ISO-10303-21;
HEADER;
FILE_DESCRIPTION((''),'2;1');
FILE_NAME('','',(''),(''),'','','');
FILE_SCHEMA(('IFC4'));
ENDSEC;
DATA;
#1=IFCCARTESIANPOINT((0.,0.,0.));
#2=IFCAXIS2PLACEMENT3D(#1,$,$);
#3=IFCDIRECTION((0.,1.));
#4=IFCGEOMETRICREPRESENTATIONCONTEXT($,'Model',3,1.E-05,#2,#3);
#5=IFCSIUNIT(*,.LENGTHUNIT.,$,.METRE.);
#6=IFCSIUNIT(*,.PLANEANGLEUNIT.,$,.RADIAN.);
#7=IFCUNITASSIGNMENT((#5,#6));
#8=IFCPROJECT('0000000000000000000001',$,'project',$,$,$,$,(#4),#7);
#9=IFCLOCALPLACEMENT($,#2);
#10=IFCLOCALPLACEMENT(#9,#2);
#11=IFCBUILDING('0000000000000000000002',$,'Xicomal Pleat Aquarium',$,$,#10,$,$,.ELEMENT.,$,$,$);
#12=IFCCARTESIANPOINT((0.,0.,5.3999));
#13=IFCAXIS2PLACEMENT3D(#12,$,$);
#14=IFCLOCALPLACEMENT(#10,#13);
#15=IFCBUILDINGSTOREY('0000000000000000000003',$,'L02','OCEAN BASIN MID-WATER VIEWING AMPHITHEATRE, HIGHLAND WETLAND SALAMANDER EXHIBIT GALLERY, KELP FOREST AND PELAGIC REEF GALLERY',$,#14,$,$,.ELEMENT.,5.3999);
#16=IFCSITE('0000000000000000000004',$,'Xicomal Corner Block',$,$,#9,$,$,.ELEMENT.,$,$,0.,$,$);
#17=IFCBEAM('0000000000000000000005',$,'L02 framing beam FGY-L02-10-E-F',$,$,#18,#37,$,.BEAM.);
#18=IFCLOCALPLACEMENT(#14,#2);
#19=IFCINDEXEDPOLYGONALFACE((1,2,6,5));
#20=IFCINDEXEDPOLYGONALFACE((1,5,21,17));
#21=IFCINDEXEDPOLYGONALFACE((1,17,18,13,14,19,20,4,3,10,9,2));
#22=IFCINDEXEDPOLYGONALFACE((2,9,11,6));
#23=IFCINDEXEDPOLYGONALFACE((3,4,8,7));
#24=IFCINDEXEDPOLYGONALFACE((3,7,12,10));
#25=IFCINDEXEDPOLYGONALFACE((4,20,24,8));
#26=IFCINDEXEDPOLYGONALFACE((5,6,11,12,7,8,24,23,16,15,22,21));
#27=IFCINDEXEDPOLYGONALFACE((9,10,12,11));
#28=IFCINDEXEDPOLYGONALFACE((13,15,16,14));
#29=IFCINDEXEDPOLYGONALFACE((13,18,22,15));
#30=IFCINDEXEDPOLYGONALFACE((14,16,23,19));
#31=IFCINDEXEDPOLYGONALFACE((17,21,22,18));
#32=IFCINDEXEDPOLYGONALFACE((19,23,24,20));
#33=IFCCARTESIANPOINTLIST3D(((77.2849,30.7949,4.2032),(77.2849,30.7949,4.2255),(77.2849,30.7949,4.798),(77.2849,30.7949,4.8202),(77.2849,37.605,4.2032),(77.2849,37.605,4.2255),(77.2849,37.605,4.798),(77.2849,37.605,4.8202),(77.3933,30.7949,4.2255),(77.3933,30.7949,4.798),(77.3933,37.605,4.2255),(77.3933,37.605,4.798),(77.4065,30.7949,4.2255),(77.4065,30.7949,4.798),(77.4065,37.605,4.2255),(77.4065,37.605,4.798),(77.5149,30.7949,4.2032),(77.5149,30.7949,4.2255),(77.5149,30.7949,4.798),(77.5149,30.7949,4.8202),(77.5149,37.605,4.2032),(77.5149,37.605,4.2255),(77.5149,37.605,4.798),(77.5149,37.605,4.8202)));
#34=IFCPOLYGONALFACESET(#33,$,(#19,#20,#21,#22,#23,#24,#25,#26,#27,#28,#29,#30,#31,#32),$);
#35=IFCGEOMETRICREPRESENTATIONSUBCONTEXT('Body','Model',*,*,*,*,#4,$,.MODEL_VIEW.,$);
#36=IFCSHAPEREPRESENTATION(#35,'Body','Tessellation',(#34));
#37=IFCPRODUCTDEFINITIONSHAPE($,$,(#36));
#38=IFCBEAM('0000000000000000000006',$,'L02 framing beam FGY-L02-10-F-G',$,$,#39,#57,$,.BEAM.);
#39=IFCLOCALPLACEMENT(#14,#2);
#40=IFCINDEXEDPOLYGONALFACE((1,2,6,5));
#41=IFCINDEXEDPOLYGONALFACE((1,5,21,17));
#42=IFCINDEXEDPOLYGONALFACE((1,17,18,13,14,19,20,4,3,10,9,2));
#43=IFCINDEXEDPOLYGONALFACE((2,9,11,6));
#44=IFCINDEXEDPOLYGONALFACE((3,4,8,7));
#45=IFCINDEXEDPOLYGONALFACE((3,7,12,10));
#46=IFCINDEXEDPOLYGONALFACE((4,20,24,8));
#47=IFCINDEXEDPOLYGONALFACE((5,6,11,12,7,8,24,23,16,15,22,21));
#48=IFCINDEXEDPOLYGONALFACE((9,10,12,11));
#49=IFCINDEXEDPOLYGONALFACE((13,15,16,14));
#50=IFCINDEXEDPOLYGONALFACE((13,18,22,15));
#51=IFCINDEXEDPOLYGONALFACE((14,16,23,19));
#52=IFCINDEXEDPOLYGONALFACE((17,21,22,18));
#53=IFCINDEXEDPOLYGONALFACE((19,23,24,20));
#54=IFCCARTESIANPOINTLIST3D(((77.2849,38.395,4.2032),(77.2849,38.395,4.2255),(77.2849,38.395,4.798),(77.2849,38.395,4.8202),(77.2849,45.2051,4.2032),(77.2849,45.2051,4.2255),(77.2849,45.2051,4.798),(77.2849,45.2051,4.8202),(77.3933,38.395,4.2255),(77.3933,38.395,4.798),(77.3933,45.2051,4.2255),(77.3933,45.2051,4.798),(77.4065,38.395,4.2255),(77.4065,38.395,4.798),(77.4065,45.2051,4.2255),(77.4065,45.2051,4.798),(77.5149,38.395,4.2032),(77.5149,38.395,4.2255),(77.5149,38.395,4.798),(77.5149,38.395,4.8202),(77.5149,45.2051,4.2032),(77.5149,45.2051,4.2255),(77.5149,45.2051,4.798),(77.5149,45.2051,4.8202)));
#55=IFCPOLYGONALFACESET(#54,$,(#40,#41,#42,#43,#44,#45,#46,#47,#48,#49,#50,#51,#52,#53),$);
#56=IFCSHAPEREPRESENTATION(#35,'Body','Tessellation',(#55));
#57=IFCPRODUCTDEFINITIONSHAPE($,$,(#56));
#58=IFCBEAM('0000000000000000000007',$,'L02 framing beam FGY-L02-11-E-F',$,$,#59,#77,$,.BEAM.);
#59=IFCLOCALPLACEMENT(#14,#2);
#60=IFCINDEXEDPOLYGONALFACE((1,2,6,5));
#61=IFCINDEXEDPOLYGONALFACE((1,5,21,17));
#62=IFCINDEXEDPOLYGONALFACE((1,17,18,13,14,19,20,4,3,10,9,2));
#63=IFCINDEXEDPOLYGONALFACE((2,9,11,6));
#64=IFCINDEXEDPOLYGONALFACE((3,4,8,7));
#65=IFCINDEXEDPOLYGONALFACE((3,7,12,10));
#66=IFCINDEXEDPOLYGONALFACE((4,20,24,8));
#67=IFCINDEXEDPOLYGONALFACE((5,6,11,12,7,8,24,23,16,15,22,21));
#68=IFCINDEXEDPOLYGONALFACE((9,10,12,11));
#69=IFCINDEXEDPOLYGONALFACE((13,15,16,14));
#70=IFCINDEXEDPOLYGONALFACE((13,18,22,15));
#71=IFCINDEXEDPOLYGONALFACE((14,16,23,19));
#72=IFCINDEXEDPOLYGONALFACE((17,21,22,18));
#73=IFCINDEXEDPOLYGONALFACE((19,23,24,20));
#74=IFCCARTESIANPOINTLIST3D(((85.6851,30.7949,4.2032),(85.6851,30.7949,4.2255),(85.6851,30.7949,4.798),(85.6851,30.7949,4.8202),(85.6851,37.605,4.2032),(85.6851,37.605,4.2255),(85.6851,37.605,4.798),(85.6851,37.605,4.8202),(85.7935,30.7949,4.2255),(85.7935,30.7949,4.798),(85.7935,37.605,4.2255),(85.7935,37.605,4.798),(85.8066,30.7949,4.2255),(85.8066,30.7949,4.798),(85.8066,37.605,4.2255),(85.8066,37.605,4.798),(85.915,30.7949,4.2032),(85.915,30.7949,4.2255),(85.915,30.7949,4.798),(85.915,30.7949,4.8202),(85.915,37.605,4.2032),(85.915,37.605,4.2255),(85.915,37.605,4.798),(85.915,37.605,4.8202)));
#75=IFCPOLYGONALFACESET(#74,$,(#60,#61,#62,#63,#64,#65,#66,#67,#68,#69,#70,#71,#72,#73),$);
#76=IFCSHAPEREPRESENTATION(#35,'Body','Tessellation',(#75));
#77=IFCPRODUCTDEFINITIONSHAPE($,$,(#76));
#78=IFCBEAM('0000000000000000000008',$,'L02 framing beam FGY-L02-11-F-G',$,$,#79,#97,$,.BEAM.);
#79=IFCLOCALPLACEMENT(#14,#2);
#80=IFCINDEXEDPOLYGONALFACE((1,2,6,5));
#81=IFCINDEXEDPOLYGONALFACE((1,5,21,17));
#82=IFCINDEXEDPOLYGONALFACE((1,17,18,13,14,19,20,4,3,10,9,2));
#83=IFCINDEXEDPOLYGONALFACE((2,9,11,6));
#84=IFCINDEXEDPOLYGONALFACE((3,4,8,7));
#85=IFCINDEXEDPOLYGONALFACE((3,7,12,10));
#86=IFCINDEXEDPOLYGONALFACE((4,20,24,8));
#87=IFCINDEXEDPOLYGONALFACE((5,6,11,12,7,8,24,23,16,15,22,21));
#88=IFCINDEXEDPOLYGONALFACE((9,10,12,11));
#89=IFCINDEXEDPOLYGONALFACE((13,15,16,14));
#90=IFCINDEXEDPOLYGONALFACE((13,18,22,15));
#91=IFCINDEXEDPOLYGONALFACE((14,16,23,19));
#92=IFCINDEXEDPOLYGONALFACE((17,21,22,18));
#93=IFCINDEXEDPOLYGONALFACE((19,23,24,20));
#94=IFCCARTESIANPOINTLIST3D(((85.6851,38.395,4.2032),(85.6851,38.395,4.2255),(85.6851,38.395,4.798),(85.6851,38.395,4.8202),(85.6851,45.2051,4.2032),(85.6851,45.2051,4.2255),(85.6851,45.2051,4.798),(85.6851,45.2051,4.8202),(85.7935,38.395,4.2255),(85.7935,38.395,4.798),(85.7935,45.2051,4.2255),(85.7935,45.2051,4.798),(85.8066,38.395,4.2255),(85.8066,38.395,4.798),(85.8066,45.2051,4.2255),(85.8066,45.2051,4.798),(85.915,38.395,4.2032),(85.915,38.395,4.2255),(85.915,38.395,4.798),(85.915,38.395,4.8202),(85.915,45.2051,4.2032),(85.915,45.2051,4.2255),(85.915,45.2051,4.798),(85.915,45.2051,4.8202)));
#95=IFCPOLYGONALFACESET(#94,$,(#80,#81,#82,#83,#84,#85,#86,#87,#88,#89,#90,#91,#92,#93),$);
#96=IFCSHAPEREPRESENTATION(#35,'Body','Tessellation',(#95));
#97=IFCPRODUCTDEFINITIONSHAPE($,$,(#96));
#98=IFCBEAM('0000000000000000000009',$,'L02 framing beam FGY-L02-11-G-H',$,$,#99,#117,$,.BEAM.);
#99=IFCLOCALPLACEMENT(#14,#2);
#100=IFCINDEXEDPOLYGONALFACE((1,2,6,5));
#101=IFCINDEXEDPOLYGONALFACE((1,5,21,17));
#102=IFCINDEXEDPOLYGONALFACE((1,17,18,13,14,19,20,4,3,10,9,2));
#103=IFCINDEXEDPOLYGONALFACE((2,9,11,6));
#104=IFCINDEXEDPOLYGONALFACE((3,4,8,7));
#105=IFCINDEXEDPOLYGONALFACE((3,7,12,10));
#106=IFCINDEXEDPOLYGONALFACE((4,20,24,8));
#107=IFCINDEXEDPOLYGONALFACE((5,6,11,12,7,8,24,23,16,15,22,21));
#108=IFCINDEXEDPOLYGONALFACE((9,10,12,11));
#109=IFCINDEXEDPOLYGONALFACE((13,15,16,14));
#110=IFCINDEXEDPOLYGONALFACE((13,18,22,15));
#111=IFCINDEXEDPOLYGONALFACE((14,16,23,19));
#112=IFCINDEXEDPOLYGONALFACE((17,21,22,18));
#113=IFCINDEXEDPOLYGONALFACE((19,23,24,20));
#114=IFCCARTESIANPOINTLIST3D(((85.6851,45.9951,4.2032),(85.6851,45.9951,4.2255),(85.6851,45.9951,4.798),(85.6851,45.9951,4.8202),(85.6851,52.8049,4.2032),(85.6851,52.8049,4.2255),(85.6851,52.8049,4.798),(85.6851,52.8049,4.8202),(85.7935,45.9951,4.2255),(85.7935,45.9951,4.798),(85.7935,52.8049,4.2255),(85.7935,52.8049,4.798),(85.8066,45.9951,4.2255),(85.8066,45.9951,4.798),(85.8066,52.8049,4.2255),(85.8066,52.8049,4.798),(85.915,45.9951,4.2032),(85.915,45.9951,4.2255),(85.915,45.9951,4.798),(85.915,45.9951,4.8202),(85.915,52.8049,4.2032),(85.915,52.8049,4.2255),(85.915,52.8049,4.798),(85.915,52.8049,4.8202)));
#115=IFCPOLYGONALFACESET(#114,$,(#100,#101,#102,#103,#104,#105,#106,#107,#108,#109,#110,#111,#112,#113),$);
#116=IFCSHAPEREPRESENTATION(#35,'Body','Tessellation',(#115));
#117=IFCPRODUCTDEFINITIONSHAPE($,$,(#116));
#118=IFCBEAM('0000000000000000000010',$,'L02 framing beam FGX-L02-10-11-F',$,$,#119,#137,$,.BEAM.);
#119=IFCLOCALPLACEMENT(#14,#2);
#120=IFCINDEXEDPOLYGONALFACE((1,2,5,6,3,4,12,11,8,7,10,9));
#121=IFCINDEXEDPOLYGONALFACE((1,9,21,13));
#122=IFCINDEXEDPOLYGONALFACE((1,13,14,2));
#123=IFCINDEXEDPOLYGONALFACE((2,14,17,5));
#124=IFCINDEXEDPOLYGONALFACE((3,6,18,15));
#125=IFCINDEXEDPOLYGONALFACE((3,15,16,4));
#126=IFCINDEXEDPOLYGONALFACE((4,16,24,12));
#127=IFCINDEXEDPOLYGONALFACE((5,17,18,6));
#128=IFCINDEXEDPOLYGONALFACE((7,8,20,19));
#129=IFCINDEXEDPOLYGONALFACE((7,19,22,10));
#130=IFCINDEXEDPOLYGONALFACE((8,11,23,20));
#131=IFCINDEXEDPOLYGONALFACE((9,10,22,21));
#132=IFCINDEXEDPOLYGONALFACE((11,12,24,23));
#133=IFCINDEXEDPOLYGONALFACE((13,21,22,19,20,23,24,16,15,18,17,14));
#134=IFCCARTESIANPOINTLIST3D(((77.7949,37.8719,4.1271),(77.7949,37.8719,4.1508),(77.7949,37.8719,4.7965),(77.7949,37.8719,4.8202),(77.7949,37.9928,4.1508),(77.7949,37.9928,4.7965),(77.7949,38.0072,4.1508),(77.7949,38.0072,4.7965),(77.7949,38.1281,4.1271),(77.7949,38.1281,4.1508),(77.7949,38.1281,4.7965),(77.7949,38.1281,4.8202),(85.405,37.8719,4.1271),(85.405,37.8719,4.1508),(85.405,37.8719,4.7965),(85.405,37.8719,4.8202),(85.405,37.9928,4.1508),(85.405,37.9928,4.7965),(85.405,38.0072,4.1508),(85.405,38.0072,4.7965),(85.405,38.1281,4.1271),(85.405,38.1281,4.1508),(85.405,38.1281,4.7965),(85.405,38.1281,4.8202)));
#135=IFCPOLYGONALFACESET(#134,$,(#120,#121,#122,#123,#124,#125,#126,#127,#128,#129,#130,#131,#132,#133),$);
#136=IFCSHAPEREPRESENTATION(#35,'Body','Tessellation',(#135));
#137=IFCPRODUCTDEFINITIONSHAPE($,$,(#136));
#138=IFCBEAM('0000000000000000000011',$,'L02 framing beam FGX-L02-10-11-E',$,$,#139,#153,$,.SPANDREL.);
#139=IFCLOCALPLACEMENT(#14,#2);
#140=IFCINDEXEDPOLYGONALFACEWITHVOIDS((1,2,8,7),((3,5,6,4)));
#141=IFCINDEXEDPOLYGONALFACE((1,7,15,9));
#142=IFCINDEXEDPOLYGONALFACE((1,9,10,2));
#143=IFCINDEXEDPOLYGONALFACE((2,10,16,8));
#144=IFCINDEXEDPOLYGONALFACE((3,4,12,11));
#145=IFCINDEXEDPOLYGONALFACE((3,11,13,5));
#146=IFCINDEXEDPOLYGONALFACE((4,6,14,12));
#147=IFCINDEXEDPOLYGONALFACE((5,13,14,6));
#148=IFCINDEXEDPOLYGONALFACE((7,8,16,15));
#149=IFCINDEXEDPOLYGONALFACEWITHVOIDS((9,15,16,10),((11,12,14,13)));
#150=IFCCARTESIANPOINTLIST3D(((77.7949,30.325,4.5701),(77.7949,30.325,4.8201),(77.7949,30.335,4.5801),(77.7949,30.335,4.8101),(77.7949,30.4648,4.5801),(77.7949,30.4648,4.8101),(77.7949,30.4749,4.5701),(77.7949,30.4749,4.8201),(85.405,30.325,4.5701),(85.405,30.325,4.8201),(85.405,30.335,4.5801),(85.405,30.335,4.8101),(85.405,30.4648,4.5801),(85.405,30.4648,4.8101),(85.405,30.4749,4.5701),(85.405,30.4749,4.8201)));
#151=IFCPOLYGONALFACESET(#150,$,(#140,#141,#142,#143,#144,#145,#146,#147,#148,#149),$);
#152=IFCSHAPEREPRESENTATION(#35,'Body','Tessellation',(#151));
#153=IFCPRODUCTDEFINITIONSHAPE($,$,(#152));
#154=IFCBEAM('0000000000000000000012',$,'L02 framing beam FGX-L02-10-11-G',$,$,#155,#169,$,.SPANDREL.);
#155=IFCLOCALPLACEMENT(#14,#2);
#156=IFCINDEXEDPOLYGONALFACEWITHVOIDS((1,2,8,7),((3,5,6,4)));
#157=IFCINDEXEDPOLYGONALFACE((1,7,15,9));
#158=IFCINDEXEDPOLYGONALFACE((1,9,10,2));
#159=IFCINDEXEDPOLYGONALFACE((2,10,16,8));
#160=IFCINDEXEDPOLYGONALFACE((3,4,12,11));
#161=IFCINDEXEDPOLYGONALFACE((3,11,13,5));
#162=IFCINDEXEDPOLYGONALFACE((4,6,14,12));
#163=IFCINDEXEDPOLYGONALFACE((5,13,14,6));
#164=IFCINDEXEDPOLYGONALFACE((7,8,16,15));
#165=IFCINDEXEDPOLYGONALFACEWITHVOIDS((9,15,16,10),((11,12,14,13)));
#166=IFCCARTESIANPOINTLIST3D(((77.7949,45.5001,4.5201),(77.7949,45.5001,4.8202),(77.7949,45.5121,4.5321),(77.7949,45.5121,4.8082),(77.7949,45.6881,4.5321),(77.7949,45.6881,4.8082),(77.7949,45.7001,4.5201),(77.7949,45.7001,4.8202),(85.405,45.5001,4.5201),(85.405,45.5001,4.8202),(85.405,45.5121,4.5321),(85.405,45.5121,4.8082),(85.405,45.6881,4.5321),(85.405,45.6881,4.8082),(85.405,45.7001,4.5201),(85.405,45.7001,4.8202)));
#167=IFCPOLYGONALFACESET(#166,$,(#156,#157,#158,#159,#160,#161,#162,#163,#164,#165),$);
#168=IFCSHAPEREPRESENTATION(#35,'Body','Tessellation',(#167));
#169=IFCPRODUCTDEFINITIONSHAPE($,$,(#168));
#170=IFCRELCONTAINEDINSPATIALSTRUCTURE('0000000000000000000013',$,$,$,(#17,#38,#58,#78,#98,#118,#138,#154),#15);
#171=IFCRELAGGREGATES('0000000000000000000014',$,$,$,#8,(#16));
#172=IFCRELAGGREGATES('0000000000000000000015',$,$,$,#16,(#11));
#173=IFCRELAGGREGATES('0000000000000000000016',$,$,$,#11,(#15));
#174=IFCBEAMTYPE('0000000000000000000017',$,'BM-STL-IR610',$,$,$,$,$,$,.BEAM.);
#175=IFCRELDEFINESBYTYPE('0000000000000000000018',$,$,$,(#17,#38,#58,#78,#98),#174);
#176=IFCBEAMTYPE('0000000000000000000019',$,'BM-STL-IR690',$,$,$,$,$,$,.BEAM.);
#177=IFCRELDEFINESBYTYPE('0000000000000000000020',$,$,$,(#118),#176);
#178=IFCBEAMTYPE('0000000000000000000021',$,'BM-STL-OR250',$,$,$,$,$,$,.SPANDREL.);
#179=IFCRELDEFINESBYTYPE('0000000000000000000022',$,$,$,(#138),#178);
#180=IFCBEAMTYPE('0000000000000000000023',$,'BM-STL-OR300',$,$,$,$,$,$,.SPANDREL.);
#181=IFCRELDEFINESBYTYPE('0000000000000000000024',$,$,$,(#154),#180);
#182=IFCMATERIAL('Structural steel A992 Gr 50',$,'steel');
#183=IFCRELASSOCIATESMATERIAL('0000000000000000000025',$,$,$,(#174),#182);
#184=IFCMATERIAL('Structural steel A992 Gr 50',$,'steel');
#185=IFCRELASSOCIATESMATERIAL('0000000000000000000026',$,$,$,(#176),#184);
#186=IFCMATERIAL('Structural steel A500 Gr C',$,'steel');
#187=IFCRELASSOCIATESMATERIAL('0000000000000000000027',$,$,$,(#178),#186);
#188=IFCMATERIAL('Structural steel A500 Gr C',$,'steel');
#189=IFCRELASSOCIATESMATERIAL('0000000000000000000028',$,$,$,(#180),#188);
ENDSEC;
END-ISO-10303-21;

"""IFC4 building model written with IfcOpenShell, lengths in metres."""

from ifc_helpers import new_model, si_unit, direction, frame, origin, origin_2d, place, context, subcontext, project, spatial, hollow_rectangle, i_section, extrude, material, material_profile, profile_set, type_object, element, save


model = new_model("IFC4")

# Units and contexts
model_context = context("Model", 3, precision=1e-05, world=origin(), true_north=direction((0.0, 1.0)))
body_context = subcontext(model_context, "Body", "Model", "MODEL_VIEW")
ifc_project = project(units=[si_unit("LENGTHUNIT", "METRE"), si_unit("PLANEANGLEUNIT", "RADIAN")], contexts=[model_context])

# Site, building, storey
site_placement = place(None, origin())
site = spatial("IfcSite", under=ifc_project, at=site_placement, Name="Xicomal Corner Block", CompositionType="ELEMENT", RefElevation=0.0)
building_placement = place(site_placement, origin())
building = spatial("IfcBuilding", under=site, at=building_placement, Name="Xicomal Pleat Aquarium", CompositionType="ELEMENT")
storey_placement = place(building_placement, frame((0.0, 0.0, 5.3999)))
storey = spatial("IfcBuildingStorey", under=building, at=storey_placement, Name="L02", Description="OCEAN BASIN MID-WATER VIEWING AMPHITHEATRE, HIGHLAND WETLAND SALAMANDER EXHIBIT GALLERY, KELP FOREST AND PELAGIC REEF GALLERY", CompositionType="ELEMENT", Elevation=5.3999)

# Beams
ifc_material_1 = material(Name="Structural steel A992 Gr 50", Category="steel")
ifc_material_profile_1 = material_profile(ifc_material_1, i_section(OverallWidth=0.23, OverallDepth=0.6169, WebThickness=0.0132, FlangeThickness=0.0222, at=origin_2d()), Name="IR 610x140")
ifc_profile_set_1 = profile_set([ifc_material_profile_1], Name="Structural steel A992 Gr 50")
beam_type_1 = type_object("IfcBeamType", Name="BM-STL-IR610", PredefinedType="BEAM", material=ifc_profile_set_1)
for number, where, z_axis, x_axis, name in (
    (1, (77.3999, 30.7949, 4.5117), (0.0, 1.0, 0.0), (-1.0, 0.0, 0.0), "L02 framing beam FGY-L02-10-E-F"),
    (2, (77.3999, 38.395, 4.5117), (0.0, 1.0, 0.0), (-1.0, 0.0, 0.0), "L02 framing beam FGY-L02-10-F-G"),
    (3, (85.8, 30.7949, 4.5117), (0.0, 1.0, 0.0), (-1.0, 0.0, 0.0), "L02 framing beam FGY-L02-11-E-F"),
    (4, (85.8, 38.395, 4.5117), (0.0, 1.0, 0.0), (-1.0, 0.0, 0.0), "L02 framing beam FGY-L02-11-F-G"),
):
    element("IfcBeam", number, at=place(storey_placement, frame(where, z_axis=z_axis, x_axis=x_axis)), inside=storey, type_object=beam_type_1, Name=name, PredefinedType="BEAM", context=body_context, shape_type="SweptSolid", body=[
        extrude(i_section(OverallWidth=0.23, OverallDepth=0.6169, WebThickness=0.0132, FlangeThickness=0.0222, at=origin_2d()), origin(), (0.0, 0.0, 1.0), 6.8101),
    ])
beam_1_placement = place(storey_placement, frame((85.8, 45.9951, 4.5117), z_axis=(0.0, 1.0, 0.0), x_axis=(-1.0, 0.0, 0.0)))
element("IfcBeam", 5, at=beam_1_placement, inside=storey, type_object=beam_type_1, Name="L02 framing beam FGY-L02-11-G-H", PredefinedType="BEAM", context=body_context, shape_type="SweptSolid", body=[
    extrude(i_section(OverallWidth=0.23, OverallDepth=0.6169, WebThickness=0.0132, FlangeThickness=0.0222, at=origin_2d()), origin(), (0.0, 0.0, 1.0), 6.8098),
])
ifc_material_2 = material(Name="Structural steel A992 Gr 50", Category="steel")
ifc_material_profile_2 = material_profile(ifc_material_2, i_section(OverallWidth=0.2561, OverallDepth=0.6931, WebThickness=0.0144, FlangeThickness=0.0237, at=origin_2d()), Name="IR 690x170")
ifc_profile_set_2 = profile_set([ifc_material_profile_2], Name="Structural steel A992 Gr 50")
beam_type_2 = type_object("IfcBeamType", Name="BM-STL-IR690", PredefinedType="BEAM", material=ifc_profile_set_2)
beam_2_placement = place(storey_placement, frame((77.7949, 38.0, 4.4736), z_axis=(1.0, 0.0, 0.0), x_axis=(0.0, 1.0, 0.0)))
element("IfcBeam", 6, at=beam_2_placement, inside=storey, type_object=beam_type_2, Name="L02 framing beam FGX-L02-10-11-F", PredefinedType="BEAM", context=body_context, shape_type="SweptSolid", body=[
    extrude(i_section(OverallWidth=0.2561, OverallDepth=0.6931, WebThickness=0.0144, FlangeThickness=0.0237, at=origin_2d()), origin(), (0.0, 0.0, 1.0), 7.6101),
])
ifc_material_3 = material(Name="Structural steel A500 Gr C", Category="steel")
ifc_material_profile_3 = material_profile(ifc_material_3, hollow_rectangle(XDim=0.1499, YDim=0.25, WallThickness=0.01, at=origin_2d()), Name="OR 250x150x10")
ifc_profile_set_3 = profile_set([ifc_material_profile_3], Name="Structural steel A500 Gr C")
beam_type_3 = type_object("IfcBeamType", Name="BM-STL-OR250", PredefinedType="SPANDREL", material=ifc_profile_set_3)
beam_3_placement = place(storey_placement, frame((77.7949, 30.3999, 4.6951), z_axis=(1.0, 0.0, 0.0), x_axis=(0.0, 1.0, 0.0)))
element("IfcBeam", 7, at=beam_3_placement, inside=storey, type_object=beam_type_3, Name="L02 framing beam FGX-L02-10-11-E", PredefinedType="SPANDREL", context=body_context, shape_type="SweptSolid", body=[
    extrude(hollow_rectangle(XDim=0.1499, YDim=0.25, WallThickness=0.01, at=origin_2d()), origin(), (0.0, 0.0, 1.0), 7.6101),
])
ifc_material_4 = material(Name="Structural steel A500 Gr C", Category="steel")
ifc_material_profile_4 = material_profile(ifc_material_4, hollow_rectangle(XDim=0.2, YDim=0.3, WallThickness=0.012, at=origin_2d()), Name="OR 300x200x12")
ifc_profile_set_4 = profile_set([ifc_material_profile_4], Name="Structural steel A500 Gr C")
beam_type_4 = type_object("IfcBeamType", Name="BM-STL-OR300", PredefinedType="SPANDREL", material=ifc_profile_set_4)
beam_4_placement = place(storey_placement, frame((77.7949, 45.6001, 4.6702), z_axis=(1.0, 0.0, 0.0), x_axis=(0.0, 1.0, 0.0)))
element("IfcBeam", 8, at=beam_4_placement, inside=storey, type_object=beam_type_4, Name="L02 framing beam FGX-L02-10-11-G", PredefinedType="SPANDREL", context=body_context, shape_type="SweptSolid", body=[
    extrude(hollow_rectangle(XDim=0.2, YDim=0.3, WallThickness=0.012, at=origin_2d()), origin(), (0.0, 0.0, 1.0), 7.6101),
])

save(model, "model.ifc")
